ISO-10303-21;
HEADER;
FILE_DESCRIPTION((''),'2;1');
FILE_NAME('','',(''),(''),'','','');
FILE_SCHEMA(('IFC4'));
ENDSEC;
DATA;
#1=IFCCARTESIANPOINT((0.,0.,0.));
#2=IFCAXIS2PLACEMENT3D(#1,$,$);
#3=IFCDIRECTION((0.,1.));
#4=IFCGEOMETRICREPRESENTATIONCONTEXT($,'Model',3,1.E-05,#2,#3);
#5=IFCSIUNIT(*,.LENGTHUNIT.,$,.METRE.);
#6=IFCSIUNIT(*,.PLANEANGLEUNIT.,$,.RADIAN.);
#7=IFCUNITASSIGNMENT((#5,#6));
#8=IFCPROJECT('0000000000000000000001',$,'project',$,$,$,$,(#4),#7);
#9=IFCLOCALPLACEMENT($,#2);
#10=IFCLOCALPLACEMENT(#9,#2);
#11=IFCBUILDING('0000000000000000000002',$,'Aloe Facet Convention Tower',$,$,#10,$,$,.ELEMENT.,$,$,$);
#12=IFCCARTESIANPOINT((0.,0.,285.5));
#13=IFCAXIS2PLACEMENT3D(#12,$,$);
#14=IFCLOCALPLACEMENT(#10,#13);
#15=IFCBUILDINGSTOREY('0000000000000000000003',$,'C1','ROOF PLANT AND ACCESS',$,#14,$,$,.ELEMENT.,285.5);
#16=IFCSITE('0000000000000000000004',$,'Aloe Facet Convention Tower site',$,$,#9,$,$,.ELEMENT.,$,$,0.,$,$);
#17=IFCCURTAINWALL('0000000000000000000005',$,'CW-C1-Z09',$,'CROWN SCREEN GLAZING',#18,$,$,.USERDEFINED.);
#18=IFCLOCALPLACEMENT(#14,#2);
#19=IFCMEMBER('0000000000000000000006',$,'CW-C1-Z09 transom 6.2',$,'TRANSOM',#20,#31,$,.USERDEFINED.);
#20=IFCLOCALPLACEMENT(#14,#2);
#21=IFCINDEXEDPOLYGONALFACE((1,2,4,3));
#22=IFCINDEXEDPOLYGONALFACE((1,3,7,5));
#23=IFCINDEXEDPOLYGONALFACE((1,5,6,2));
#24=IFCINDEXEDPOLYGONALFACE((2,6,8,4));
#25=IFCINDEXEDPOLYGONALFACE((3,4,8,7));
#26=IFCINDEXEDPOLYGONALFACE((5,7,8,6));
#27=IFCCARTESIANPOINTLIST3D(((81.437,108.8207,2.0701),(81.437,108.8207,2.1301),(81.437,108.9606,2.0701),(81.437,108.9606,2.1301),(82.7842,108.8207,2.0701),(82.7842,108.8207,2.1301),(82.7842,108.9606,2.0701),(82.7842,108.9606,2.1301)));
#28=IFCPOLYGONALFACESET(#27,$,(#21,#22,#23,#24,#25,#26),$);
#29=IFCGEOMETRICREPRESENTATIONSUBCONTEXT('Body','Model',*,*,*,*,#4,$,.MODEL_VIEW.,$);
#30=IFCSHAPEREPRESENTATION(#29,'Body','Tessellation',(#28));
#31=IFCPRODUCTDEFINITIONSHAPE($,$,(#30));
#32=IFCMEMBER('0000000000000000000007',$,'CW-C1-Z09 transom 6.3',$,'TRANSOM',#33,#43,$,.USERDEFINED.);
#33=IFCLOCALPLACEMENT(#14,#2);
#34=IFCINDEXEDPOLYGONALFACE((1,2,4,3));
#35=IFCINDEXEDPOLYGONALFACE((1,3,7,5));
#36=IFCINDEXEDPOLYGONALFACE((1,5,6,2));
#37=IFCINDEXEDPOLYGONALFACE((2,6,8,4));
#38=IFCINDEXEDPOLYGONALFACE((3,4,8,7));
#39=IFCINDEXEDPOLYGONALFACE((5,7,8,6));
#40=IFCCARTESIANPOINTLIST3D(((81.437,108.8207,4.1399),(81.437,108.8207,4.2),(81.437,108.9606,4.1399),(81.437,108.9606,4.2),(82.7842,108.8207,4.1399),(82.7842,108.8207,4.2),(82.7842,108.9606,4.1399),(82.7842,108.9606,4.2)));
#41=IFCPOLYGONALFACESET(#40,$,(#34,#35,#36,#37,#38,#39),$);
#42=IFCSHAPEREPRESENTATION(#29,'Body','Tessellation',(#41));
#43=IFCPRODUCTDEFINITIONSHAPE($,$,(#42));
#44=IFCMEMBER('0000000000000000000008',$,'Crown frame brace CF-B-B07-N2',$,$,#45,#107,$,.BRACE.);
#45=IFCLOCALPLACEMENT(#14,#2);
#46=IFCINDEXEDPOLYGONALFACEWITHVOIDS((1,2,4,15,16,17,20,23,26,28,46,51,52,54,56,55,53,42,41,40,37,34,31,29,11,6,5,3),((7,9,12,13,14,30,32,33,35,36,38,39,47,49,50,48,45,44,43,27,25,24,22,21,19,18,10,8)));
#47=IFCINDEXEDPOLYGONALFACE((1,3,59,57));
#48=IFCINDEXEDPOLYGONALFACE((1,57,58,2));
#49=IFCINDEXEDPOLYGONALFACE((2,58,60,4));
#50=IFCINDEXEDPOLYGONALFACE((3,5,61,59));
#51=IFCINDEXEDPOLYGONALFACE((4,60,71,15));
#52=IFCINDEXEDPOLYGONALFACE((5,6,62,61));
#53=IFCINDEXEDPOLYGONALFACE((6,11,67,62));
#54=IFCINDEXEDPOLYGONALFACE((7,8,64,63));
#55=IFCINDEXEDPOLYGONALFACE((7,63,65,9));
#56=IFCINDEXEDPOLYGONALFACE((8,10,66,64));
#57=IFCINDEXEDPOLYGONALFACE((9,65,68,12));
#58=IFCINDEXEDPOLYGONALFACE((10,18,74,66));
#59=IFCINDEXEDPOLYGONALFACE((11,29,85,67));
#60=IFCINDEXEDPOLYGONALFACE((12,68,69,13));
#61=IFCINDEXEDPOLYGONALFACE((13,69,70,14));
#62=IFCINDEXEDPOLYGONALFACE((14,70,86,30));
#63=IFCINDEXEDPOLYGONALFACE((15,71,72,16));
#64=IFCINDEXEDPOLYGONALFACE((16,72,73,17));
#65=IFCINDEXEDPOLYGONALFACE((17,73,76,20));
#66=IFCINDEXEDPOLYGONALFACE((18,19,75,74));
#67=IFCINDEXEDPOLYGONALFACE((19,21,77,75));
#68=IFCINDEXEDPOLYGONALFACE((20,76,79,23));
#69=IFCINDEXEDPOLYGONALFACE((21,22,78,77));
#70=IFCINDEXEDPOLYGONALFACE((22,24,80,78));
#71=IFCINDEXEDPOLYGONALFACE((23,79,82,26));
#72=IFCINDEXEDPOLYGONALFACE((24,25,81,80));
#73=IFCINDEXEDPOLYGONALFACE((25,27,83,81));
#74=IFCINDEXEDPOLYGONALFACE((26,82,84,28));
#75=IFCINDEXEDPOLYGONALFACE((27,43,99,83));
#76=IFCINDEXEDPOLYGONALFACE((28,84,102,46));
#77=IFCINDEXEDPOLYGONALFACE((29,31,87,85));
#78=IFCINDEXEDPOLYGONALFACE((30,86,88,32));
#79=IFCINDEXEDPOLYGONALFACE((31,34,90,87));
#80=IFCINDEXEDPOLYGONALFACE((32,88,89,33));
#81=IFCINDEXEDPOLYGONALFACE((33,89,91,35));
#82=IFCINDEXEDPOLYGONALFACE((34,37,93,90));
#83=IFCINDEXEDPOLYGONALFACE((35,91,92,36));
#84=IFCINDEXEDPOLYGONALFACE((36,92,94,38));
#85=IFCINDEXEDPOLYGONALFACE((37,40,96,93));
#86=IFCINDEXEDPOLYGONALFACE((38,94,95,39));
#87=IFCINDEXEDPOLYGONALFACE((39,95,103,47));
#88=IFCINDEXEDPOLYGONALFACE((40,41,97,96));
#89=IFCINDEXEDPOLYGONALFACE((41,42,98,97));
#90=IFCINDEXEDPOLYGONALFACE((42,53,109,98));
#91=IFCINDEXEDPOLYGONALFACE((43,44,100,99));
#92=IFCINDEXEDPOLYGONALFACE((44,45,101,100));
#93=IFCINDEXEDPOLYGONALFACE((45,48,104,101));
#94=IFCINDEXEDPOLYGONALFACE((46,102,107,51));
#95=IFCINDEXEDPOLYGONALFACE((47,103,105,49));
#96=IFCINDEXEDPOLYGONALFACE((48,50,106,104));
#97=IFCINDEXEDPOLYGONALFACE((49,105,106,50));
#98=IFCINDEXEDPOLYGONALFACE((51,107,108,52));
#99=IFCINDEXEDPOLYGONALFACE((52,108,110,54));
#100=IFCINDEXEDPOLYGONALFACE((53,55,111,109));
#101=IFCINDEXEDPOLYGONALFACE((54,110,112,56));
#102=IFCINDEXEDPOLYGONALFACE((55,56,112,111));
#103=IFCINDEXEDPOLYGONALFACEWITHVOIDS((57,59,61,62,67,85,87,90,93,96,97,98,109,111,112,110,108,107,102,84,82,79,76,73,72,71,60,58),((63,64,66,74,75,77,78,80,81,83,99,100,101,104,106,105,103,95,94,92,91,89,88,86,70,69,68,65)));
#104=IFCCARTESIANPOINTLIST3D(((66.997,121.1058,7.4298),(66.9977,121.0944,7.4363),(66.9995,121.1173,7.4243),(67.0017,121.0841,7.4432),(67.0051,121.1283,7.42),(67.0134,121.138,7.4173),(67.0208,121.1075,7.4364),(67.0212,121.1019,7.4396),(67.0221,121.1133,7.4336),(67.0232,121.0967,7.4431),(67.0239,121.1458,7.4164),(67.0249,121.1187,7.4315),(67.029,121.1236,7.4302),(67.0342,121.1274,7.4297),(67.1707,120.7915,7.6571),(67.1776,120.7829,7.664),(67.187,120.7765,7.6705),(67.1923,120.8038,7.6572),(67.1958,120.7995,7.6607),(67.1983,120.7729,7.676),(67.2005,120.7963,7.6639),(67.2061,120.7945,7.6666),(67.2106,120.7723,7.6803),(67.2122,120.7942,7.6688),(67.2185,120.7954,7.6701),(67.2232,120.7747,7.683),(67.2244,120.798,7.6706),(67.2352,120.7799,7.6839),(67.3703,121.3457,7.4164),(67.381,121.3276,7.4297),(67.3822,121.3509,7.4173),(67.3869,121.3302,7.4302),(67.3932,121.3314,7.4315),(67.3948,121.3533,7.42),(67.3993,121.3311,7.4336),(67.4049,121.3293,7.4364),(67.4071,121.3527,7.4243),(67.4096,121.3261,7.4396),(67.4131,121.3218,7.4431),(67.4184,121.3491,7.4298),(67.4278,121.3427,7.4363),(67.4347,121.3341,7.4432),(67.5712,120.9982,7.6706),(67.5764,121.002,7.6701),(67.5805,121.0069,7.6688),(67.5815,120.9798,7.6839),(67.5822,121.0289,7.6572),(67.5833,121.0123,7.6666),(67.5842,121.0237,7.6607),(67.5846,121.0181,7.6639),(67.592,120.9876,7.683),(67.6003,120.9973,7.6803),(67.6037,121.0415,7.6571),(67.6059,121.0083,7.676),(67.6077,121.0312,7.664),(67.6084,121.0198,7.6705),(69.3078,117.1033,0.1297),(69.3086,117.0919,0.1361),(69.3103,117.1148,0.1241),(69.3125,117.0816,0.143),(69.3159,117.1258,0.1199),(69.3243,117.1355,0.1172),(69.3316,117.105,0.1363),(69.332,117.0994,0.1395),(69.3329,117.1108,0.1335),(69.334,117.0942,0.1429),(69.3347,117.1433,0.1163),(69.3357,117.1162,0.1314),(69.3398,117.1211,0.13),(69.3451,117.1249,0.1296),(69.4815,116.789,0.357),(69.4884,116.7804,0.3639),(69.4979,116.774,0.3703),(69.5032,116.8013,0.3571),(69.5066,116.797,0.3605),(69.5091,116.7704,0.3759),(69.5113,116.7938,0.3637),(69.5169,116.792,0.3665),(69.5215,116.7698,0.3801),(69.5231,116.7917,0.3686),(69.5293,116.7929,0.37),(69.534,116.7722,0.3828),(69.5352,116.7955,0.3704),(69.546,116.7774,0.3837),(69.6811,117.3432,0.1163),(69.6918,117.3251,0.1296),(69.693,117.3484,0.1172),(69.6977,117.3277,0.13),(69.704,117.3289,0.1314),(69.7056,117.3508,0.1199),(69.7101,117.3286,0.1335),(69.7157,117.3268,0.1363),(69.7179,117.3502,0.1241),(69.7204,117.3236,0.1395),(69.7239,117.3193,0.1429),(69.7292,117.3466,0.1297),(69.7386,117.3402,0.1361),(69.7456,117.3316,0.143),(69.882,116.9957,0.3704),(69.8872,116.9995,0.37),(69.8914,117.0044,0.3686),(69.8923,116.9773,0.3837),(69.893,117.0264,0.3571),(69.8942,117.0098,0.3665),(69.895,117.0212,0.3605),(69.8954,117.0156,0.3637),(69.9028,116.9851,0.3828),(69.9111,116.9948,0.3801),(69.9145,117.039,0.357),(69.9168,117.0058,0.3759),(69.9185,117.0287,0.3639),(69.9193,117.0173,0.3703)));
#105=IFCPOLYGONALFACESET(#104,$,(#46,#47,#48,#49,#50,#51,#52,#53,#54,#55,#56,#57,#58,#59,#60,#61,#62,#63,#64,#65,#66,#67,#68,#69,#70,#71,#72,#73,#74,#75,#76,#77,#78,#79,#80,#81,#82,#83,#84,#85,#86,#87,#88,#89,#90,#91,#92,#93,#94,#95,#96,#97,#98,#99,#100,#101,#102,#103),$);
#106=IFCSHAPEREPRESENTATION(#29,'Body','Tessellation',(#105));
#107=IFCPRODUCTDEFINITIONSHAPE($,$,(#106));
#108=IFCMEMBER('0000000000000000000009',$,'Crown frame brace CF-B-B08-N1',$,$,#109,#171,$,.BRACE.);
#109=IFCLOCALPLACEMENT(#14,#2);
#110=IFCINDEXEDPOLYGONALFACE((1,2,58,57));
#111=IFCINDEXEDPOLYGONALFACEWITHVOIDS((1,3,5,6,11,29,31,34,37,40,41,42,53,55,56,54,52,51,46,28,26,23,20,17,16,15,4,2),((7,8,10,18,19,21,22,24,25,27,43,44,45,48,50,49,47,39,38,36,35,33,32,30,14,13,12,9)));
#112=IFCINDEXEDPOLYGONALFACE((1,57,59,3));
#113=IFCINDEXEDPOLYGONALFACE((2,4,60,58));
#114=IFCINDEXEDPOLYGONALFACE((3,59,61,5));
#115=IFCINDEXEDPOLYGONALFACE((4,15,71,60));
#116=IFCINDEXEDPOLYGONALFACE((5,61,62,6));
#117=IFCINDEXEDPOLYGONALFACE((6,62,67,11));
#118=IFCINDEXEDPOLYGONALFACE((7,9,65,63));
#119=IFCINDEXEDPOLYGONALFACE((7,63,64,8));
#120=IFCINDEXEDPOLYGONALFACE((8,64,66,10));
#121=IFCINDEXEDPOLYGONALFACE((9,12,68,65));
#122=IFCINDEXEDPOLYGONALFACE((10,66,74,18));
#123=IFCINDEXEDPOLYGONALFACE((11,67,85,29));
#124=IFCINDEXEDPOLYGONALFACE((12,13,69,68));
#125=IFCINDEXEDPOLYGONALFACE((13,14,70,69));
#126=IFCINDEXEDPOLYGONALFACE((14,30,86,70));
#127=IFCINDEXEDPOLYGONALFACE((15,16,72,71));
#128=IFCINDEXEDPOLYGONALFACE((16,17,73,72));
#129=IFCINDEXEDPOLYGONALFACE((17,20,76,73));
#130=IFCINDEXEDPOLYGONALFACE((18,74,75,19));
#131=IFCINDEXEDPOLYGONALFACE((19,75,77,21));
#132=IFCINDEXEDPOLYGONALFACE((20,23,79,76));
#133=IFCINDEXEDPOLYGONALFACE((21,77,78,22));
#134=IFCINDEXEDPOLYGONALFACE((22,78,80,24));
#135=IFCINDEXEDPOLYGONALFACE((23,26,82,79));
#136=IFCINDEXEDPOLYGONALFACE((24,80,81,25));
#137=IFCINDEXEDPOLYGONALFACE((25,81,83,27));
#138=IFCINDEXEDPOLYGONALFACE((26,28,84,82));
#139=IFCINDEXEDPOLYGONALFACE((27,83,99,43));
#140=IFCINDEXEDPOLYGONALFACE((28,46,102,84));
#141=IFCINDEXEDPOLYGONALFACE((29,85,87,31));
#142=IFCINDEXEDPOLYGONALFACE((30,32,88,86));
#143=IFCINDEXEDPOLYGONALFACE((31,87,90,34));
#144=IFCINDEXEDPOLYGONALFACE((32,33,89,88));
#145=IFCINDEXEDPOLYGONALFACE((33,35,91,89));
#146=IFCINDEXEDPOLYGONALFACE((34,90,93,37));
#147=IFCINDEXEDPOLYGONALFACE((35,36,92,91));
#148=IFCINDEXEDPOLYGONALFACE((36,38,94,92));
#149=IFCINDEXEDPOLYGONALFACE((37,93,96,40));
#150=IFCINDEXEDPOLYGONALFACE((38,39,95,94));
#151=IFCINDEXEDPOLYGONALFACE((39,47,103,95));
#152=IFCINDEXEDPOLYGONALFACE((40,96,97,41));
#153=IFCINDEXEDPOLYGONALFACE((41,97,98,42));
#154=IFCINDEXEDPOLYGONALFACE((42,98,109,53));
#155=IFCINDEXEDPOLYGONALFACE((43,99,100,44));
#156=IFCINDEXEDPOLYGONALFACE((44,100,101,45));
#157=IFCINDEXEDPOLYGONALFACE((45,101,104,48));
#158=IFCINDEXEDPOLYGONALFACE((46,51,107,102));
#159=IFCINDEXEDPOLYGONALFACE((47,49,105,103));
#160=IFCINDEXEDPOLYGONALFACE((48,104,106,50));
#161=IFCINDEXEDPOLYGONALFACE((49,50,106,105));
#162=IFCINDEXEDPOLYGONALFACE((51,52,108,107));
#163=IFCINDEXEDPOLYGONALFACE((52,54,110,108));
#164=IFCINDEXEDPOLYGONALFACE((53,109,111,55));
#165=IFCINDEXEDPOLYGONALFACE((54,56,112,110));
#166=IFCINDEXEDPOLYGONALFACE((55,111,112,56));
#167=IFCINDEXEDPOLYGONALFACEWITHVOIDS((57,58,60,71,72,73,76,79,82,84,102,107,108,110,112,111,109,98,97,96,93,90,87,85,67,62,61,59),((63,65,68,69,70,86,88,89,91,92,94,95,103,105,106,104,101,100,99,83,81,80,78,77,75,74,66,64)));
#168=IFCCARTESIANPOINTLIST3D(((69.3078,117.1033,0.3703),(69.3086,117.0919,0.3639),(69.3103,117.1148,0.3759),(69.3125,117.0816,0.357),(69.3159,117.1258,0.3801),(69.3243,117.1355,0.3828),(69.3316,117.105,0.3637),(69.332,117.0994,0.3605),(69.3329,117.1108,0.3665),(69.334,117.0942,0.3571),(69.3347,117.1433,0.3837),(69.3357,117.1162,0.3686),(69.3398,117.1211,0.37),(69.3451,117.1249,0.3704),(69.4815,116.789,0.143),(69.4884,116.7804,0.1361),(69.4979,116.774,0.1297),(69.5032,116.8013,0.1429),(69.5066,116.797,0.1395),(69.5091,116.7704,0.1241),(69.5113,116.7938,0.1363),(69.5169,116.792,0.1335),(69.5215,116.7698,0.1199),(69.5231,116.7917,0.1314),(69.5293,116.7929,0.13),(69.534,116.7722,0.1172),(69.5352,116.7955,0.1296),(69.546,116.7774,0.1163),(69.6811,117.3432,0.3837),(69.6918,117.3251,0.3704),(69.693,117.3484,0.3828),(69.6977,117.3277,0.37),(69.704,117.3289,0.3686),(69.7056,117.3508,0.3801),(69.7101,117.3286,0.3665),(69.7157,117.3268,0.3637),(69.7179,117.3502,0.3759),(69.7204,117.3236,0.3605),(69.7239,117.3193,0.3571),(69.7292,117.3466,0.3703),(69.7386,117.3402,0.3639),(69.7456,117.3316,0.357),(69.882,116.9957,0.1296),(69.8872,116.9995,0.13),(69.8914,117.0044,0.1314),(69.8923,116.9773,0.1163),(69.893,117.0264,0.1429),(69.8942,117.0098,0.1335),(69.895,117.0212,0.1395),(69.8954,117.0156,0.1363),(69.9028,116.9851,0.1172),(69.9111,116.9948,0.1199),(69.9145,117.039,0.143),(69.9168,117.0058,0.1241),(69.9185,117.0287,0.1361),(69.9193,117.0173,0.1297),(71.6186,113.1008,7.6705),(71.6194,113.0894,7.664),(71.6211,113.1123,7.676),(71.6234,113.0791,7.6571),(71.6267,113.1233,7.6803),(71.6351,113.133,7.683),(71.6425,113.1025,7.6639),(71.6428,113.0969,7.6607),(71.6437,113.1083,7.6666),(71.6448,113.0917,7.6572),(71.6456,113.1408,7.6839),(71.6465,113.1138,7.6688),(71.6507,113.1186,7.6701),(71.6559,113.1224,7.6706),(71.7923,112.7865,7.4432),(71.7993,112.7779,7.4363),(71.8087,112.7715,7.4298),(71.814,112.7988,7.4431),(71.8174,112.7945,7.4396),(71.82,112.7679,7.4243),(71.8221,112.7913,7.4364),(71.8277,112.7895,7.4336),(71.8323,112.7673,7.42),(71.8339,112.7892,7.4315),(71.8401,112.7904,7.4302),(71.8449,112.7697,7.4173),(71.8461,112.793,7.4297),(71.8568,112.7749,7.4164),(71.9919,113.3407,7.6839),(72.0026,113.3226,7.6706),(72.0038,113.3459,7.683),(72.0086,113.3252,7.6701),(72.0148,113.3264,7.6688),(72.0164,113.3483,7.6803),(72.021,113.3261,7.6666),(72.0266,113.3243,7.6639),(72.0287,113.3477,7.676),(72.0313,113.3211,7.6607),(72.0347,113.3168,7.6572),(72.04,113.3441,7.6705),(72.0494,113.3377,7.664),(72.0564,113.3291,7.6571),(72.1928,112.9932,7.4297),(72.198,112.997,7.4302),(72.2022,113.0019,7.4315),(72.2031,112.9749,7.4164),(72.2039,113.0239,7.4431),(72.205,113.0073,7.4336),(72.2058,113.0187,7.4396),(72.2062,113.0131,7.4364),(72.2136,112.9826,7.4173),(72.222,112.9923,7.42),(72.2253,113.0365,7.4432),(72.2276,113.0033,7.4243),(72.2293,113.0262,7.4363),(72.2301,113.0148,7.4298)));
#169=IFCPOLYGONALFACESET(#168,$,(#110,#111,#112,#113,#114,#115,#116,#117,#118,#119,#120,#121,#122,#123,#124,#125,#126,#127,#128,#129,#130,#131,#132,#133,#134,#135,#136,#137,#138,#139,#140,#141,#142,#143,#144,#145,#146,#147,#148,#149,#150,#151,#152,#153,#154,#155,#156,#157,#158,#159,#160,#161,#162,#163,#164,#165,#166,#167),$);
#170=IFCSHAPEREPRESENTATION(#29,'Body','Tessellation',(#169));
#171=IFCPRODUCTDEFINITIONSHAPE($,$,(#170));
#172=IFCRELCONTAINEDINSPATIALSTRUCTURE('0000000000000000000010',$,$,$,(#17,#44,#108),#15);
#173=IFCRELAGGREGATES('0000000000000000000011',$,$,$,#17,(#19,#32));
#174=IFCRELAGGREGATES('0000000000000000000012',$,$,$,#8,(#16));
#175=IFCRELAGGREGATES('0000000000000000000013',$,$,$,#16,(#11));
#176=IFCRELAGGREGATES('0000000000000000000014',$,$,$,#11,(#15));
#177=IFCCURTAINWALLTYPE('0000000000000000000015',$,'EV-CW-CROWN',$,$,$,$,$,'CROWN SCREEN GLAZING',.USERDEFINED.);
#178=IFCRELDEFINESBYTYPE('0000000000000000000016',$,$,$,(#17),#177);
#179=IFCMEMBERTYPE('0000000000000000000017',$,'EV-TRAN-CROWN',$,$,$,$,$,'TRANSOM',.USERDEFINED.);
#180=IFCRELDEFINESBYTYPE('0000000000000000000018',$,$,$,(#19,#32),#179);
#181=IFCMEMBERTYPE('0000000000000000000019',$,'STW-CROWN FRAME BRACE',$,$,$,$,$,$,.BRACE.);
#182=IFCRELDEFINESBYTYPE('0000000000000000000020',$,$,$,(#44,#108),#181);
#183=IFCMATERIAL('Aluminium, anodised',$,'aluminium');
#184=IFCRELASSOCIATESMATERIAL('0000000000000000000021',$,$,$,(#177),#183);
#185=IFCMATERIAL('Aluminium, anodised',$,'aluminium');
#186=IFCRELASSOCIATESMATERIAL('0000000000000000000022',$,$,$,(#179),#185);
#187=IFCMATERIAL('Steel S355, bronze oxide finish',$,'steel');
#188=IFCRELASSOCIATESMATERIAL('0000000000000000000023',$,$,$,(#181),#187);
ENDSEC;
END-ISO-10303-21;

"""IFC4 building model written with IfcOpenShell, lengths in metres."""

from ifc_helpers import new_model, si_unit, direction, frame, origin, origin_2d, place, context, subcontext, project, spatial, rectangle, hollow_rectangle, extrude, material, material_profile, profile_set, type_object, element, aggregate, save


model = new_model("IFC4")

# Units and contexts
model_context = context("Model", 3, precision=1e-05, world=origin(), true_north=direction((0.0, 1.0)))
body_context = subcontext(model_context, "Body", "Model", "MODEL_VIEW")
ifc_project = project(units=[si_unit("LENGTHUNIT", "METRE"), si_unit("PLANEANGLEUNIT", "RADIAN")], contexts=[model_context])

# Site, building, storey
site_placement = place(None, origin())
site = spatial("IfcSite", under=ifc_project, at=site_placement, Name="Aloe Facet Convention Tower site", CompositionType="ELEMENT", RefElevation=0.0)
building_placement = place(site_placement, origin())
building = spatial("IfcBuilding", under=site, at=building_placement, Name="Aloe Facet Convention Tower", CompositionType="ELEMENT")
storey_placement = place(building_placement, frame((0.0, 0.0, 285.5)))
storey = spatial("IfcBuildingStorey", under=building, at=storey_placement, Name="C1", Description="ROOF PLANT AND ACCESS", CompositionType="ELEMENT", Elevation=285.5)

# Curtain wall, members
ifc_material_1 = material(Name="Aluminium, anodised", Category="aluminium")
curtain_wall_type = type_object("IfcCurtainWallType", Name="EV-CW-CROWN", ElementType="CROWN SCREEN GLAZING", PredefinedType="USERDEFINED", material=ifc_material_1)
curtain_wall_placement = place(storey_placement, origin())
curtain_wall = element("IfcCurtainWall", 1, at=curtain_wall_placement, inside=storey, type_object=curtain_wall_type, Name="CW-C1-Z09", ObjectType="CROWN SCREEN GLAZING", PredefinedType="USERDEFINED")
ifc_material_2 = material(Name="Aluminium, anodised", Category="aluminium")
ifc_material_profile_1 = material_profile(ifc_material_2, rectangle(XDim=0.1399, YDim=0.0601, at=origin_2d()), Name="AL 140x60")
ifc_profile_set_1 = profile_set([ifc_material_profile_1], Name="Aluminium, anodised")
member_type_1 = type_object("IfcMemberType", Name="EV-TRAN-CROWN", ElementType="TRANSOM", PredefinedType="USERDEFINED", material=ifc_profile_set_1)
member_1_placement = place(storey_placement, frame((81.437, 108.8906, 2.1001), z_axis=(1.0, 0.0, 0.0), x_axis=(0.0, 1.0, 0.0)))
member_1 = element("IfcMember", 2, at=member_1_placement, type_object=member_type_1, Name="CW-C1-Z09 transom 6.2", ObjectType="TRANSOM", PredefinedType="USERDEFINED", context=body_context, shape_type="SweptSolid", body=[
    extrude(rectangle(XDim=0.1399, YDim=0.0601, at=origin_2d()), origin(), (0.0, 0.0, 1.0), 1.3472),
])
member_2_placement = place(storey_placement, frame((81.437, 108.8906, 4.1699), z_axis=(1.0, 0.0, 0.0), x_axis=(0.0, 1.0, 0.0)))
member_2 = element("IfcMember", 3, at=member_2_placement, type_object=member_type_1, Name="CW-C1-Z09 transom 6.3", ObjectType="TRANSOM", PredefinedType="USERDEFINED", context=body_context, shape_type="SweptSolid", body=[
    extrude(rectangle(XDim=0.1399, YDim=0.0601, at=origin_2d()), origin(), (0.0, 0.0, 1.0), 1.3472),
])

# Members
ifc_material_3 = material(Name="Steel S355, bronze oxide finish", Category="steel")
ifc_material_profile_2 = material_profile(ifc_material_3, hollow_rectangle(XDim=0.5, YDim=0.5, WallThickness=0.0249, InnerFilletRadius=0.0249, OuterFilletRadius=0.05, at=origin_2d()), Name="SHS 500x500x25")
ifc_profile_set_2 = profile_set([ifc_material_profile_2], Name="Steel S355, bronze oxide finish")
member_type_2 = type_object("IfcMemberType", Name="STW-CROWN FRAME BRACE", PredefinedType="BRACE", material=ifc_profile_set_2)
for number, where, z_axis, x_axis, name in (
    (4, (69.6135, 117.0603, 0.25), (-0.267452, 0.463244, 0.844911), (-0.866027, -0.499997, 0.0), "Crown frame brace CF-B-B07-N2"),
    (5, (69.6135, 117.0603, 0.25), (0.267452, -0.463244, 0.844911), (0.866027, 0.499997, 0.0), "Crown frame brace CF-B-B08-N1"),
):
    element("IfcMember", number, at=place(storey_placement, frame(where, z_axis=z_axis, x_axis=x_axis)), inside=storey, type_object=member_type_2, Name=name, PredefinedType="BRACE", context=body_context, shape_type="SweptSolid", body=[
        extrude(hollow_rectangle(XDim=0.5, YDim=0.5, WallThickness=0.0249, InnerFilletRadius=0.0249, OuterFilletRadius=0.05, at=origin_2d()), origin(), (0.0, 0.0, 1.0), 8.6401),
    ])

aggregate(curtain_wall, [member_1, member_2])

save(model, "model.ifc")
